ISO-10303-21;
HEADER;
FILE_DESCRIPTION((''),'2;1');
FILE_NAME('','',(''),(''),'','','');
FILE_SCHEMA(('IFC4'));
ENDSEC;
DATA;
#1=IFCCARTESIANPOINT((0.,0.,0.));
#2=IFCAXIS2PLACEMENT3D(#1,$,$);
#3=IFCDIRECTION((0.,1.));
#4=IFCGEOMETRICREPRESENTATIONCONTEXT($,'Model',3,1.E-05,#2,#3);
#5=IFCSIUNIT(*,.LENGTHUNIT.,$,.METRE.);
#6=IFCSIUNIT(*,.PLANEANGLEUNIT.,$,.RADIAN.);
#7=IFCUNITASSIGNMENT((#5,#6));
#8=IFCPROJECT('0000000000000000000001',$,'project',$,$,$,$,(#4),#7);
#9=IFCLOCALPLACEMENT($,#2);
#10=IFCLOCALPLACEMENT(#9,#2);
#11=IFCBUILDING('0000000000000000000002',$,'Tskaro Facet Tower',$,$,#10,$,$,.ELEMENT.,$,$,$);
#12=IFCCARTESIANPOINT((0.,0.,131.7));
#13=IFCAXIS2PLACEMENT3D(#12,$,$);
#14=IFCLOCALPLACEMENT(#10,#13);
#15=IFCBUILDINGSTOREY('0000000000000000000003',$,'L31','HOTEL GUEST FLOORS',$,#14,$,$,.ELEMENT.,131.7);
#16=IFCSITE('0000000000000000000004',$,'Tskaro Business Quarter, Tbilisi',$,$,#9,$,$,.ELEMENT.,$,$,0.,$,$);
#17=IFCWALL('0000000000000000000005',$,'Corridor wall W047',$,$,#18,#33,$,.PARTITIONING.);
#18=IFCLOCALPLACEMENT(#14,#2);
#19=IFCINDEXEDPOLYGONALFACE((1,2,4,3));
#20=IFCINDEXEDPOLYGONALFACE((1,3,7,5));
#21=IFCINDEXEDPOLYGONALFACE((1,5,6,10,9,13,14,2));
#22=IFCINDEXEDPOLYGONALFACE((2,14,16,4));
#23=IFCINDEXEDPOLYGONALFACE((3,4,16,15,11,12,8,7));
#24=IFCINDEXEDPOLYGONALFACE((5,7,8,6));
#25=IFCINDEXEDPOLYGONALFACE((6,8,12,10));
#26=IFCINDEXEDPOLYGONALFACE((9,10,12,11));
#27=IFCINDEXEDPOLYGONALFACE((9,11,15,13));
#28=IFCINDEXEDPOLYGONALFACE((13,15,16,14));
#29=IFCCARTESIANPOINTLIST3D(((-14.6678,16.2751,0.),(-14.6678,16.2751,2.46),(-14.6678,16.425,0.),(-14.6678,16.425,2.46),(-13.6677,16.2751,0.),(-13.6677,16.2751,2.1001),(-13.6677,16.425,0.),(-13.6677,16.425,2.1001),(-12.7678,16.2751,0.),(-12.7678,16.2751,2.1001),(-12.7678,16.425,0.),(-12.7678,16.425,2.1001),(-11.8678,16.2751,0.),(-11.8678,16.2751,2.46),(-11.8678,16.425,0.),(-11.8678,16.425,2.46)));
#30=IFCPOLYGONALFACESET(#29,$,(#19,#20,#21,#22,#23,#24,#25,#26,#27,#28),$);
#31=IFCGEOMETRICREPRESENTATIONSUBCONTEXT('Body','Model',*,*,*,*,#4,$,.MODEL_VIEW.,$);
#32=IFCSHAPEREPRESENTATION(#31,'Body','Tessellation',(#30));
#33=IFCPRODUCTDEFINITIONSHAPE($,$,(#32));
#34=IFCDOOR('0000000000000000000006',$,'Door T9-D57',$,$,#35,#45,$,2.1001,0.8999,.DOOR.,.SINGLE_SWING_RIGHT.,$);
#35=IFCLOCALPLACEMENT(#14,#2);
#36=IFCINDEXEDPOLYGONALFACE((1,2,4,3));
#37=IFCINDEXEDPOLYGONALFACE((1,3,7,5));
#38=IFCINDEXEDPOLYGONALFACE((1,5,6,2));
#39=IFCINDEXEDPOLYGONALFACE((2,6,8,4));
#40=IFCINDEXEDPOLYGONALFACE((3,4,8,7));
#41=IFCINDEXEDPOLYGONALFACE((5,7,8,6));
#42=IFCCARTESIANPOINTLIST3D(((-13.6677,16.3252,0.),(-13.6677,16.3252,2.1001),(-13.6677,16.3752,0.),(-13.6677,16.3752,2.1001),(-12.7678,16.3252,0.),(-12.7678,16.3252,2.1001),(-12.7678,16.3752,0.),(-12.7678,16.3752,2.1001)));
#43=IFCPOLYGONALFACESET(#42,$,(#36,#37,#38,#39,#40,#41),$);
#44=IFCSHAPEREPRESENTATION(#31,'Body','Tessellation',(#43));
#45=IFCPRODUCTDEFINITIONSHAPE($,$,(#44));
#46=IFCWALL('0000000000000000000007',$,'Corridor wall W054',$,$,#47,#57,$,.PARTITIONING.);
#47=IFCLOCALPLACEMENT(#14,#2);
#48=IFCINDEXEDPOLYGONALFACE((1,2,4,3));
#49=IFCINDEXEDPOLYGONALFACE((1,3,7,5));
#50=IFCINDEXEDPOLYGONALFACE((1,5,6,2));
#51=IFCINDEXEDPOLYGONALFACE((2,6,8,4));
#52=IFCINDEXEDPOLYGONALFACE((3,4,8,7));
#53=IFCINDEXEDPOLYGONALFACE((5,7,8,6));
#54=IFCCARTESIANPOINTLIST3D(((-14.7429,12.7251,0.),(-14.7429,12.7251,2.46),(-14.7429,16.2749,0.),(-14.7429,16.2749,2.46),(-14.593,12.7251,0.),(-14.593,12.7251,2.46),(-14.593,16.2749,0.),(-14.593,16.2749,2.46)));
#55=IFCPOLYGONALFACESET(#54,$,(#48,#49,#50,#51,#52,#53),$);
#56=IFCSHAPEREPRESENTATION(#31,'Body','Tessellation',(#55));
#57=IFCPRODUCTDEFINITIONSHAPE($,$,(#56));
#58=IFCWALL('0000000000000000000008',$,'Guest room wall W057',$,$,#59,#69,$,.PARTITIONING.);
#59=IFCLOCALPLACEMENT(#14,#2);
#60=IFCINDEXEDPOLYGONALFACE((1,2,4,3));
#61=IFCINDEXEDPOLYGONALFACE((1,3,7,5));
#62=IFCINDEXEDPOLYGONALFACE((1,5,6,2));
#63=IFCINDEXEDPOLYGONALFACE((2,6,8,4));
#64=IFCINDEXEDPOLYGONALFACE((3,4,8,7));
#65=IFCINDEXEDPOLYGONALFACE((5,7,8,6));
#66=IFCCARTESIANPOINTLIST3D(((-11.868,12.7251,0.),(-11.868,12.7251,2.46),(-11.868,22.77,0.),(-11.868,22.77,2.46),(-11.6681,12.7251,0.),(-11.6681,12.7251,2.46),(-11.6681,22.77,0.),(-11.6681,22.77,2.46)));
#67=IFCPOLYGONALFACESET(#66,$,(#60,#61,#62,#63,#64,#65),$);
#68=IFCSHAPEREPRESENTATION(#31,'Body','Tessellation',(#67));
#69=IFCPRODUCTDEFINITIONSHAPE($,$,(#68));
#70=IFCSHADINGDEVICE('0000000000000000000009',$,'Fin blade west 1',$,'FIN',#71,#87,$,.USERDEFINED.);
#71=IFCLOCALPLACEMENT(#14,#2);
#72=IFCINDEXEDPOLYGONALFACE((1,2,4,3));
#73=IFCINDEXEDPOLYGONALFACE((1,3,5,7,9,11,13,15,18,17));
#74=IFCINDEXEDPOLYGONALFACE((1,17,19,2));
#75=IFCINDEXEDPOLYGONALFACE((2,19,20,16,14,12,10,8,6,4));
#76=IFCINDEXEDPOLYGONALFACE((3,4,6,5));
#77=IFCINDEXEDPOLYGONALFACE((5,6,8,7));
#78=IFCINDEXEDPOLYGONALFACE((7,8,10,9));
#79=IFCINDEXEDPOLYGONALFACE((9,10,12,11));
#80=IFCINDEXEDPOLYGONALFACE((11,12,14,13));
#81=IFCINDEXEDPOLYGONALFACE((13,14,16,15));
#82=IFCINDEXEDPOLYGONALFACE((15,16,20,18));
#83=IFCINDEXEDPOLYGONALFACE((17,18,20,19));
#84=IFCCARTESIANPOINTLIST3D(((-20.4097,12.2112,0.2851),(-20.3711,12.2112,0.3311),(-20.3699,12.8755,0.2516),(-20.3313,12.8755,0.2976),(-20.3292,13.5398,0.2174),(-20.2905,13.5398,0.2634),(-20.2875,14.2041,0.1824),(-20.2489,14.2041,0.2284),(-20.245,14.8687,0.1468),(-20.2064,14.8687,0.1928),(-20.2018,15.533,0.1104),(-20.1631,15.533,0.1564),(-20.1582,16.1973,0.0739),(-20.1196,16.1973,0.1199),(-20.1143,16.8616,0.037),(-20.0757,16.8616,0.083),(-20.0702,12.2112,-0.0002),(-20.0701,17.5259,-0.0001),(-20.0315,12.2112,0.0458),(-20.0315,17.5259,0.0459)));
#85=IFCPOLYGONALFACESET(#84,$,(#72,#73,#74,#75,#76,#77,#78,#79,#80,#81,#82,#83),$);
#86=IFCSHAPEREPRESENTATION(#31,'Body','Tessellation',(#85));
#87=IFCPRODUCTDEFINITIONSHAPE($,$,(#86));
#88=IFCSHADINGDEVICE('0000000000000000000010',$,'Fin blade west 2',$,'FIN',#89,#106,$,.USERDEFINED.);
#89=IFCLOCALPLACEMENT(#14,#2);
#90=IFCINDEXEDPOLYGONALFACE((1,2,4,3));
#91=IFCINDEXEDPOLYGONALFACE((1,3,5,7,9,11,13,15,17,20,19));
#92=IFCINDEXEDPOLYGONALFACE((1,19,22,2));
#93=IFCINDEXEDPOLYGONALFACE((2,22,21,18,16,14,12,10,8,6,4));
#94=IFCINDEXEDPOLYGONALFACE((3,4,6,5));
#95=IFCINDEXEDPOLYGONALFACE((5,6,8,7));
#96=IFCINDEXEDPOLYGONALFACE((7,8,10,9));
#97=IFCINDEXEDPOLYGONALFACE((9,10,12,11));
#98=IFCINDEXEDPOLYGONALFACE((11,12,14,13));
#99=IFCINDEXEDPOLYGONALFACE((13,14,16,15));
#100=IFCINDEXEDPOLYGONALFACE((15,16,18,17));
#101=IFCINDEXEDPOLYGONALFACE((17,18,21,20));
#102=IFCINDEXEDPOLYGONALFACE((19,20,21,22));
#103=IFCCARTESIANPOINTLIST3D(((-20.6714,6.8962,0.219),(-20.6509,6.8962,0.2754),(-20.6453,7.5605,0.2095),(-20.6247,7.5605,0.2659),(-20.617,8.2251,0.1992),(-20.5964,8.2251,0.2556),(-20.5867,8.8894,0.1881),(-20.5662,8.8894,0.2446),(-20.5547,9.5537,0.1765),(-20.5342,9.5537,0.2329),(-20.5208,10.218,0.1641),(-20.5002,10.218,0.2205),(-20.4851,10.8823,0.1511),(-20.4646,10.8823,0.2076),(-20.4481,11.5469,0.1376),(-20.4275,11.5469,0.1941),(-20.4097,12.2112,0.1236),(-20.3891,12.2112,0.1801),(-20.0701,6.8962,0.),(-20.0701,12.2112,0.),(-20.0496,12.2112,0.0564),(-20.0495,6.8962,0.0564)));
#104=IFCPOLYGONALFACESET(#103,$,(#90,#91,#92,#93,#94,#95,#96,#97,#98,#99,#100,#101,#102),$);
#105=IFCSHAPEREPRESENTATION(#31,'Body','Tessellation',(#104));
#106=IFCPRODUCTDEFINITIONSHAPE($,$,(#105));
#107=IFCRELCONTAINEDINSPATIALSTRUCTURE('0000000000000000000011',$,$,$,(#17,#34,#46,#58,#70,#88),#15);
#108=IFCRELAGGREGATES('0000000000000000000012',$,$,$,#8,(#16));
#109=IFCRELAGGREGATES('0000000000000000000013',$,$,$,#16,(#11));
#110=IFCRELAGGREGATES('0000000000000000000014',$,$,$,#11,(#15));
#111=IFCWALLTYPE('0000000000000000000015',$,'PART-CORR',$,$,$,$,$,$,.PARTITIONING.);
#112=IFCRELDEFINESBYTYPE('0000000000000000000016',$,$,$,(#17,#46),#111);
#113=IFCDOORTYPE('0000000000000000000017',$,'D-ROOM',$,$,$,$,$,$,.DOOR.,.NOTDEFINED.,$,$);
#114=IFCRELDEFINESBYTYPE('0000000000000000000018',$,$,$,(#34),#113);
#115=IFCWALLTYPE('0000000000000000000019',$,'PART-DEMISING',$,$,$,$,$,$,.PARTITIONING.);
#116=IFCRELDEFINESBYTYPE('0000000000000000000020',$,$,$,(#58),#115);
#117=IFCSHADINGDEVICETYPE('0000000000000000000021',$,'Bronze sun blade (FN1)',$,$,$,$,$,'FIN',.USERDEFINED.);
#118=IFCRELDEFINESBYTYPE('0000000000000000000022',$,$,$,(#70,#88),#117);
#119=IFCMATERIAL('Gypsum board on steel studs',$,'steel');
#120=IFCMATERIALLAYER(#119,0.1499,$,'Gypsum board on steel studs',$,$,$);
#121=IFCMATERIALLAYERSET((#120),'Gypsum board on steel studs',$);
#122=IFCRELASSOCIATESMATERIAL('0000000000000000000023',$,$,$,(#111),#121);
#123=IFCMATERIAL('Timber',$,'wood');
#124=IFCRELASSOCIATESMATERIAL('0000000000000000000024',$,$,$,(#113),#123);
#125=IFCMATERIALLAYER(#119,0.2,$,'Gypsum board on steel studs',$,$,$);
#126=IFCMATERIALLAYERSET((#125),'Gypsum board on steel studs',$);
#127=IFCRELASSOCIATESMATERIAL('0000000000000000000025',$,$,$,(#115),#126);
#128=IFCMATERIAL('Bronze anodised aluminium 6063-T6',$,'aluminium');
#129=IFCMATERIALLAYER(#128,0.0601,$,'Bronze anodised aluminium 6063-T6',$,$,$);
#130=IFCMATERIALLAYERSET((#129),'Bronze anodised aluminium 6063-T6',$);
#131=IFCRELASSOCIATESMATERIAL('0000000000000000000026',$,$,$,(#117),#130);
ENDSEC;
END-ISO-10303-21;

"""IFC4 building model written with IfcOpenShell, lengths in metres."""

from ifc_helpers import new_model, si_unit, direction, frame, frame_2d, origin, place, context, subcontext, project, spatial, polyline, rectangle, outline, extrude, material, layer, layer_set, type_object, element, fill, save


model = new_model("IFC4")

# Units and contexts
model_context = context("Model", 3, precision=1e-05, world=origin(), true_north=direction((0.0, 1.0)))
body_context = subcontext(model_context, "Body", "Model", "MODEL_VIEW")
ifc_project = project(units=[si_unit("LENGTHUNIT", "METRE"), si_unit("PLANEANGLEUNIT", "RADIAN")], contexts=[model_context])

# Site, building, storey
site_placement = place(None, origin())
site = spatial("IfcSite", under=ifc_project, at=site_placement, Name="Tskaro Business Quarter, Tbilisi", CompositionType="ELEMENT", RefElevation=0.0)
building_placement = place(site_placement, origin())
building = spatial("IfcBuilding", under=site, at=building_placement, Name="Tskaro Facet Tower", CompositionType="ELEMENT")
storey_placement = place(building_placement, frame((0.0, 0.0, 131.7)))
storey = spatial("IfcBuildingStorey", under=building, at=storey_placement, Name="L31", Description="HOTEL GUEST FLOORS", CompositionType="ELEMENT", Elevation=131.7)

# Shared definitions
ifc_material_1 = material(Name="Bronze anodised aluminium 6063-T6", Category="aluminium")

# Shared definitions
ifc_material_2 = material(Name="Gypsum board on steel studs", Category="steel")
ifc_layer_1 = layer(ifc_material_2, 0.1499, Name="Gypsum board on steel studs")
ifc_layer_set_1 = layer_set([ifc_layer_1], Name="Gypsum board on steel studs")
wall_type_1 = type_object("IfcWallType", Name="PART-CORR", PredefinedType="PARTITIONING", material=ifc_layer_set_1)
ifc_material_3 = material(Name="Timber", Category="wood")

# Wall, opening, door
wall_1_placement = place(storey_placement, frame((-11.8679, 16.3501, 0.0), z_axis=(0.0, 0.0, 1.0), x_axis=(-1.0, 0.0, 0.0)))
wall_1 = element("IfcWall", 1, at=wall_1_placement, inside=storey, type_object=wall_type_1, Name="Corridor wall W047", PredefinedType="PARTITIONING", context=body_context, shape_type="SweptSolid", body=[
    extrude(rectangle(XDim=2.8, YDim=0.1499, at=frame_2d((1.3999, 0.0))), origin(), (0.0, 0.0, 1.0), 2.46),
])
opening_1_placement = place(wall_1_placement, frame((0.8999, 0.0, 0.0)))
opening_1 = element("IfcOpeningElement", 2, at=opening_1_placement, cuts=wall_1, PredefinedType="OPENING", context=body_context, shape_type="SweptSolid", body=[
    extrude(rectangle(XDim=0.8999, YDim=2.1001, at=frame_2d((0.45, 1.05))), frame((0.0, 0.085, 0.0), z_axis=(0.0, -1.0, 0.0), x_axis=(1.0, 0.0, 0.0)), (0.0, 0.0, 1.0), 0.1699),
])
door_type_1 = type_object("IfcDoorType", Name="D-ROOM", OperationType="NOTDEFINED", PredefinedType="DOOR", material=ifc_material_3)
door_1_placement = place(opening_1_placement, origin())
door_1 = element("IfcDoor", 3, at=door_1_placement, inside=storey, type_object=door_type_1, Name="Door T9-D57", OperationType="SINGLE_SWING_RIGHT", OverallHeight=2.1001, OverallWidth=0.8999, PredefinedType="DOOR", context=body_context, shape_type="SweptSolid", body=[
    extrude(rectangle(XDim=0.8999, YDim=2.1001, at=frame_2d((0.45, 1.05))), frame((0.0, 0.0249, 0.0), z_axis=(0.0, -1.0, 0.0), x_axis=(1.0, 0.0, 0.0)), (0.0, 0.0, 1.0), 0.05),
])
fill(opening_1, door_1)

# Walls
wall_2_placement = place(storey_placement, frame((-14.668, 12.7251, 0.0), z_axis=(0.0, 0.0, 1.0), x_axis=(0.0, 1.0, 0.0)))
element("IfcWall", 4, at=wall_2_placement, inside=storey, type_object=wall_type_1, Name="Corridor wall W054", PredefinedType="PARTITIONING", context=body_context, shape_type="SweptSolid", body=[
    extrude(rectangle(XDim=3.5498, YDim=0.1499, at=frame_2d((1.7749, 0.0))), origin(), (0.0, 0.0, 1.0), 2.46),
])
ifc_layer_2 = layer(ifc_material_2, 0.2, Name="Gypsum board on steel studs")
ifc_layer_set_2 = layer_set([ifc_layer_2], Name="Gypsum board on steel studs")
wall_type_2 = type_object("IfcWallType", Name="PART-DEMISING", PredefinedType="PARTITIONING", material=ifc_layer_set_2)
wall_3_placement = place(storey_placement, frame((-11.7681, 12.7251, 0.0), z_axis=(0.0, 0.0, 1.0), x_axis=(0.0, 1.0, 0.0)))
element("IfcWall", 5, at=wall_3_placement, inside=storey, type_object=wall_type_2, Name="Guest room wall W057", PredefinedType="PARTITIONING", context=body_context, shape_type="SweptSolid", body=[
    extrude(rectangle(XDim=10.0449, YDim=0.2, at=frame_2d((5.0225, 0.0))), origin(), (0.0, 0.0, 1.0), 2.46),
])

# Shading devices
ifc_layer_3 = layer(ifc_material_1, 0.0601, Name="Bronze anodised aluminium 6063-T6")
ifc_layer_set_3 = layer_set([ifc_layer_3], Name="Bronze anodised aluminium 6063-T6")
shading_device_type = type_object("IfcShadingDeviceType", Name="Bronze sun blade (FN1)", ElementType="FIN", PredefinedType="USERDEFINED", material=ifc_layer_set_3)
shading_device_1_placement = place(storey_placement, frame((-20.0315, 17.5259, 0.0459), z_axis=(0.643187, -0.000015, 0.765709), x_axis=(-0.00001, -1.0, -0.000012)))
element("IfcShadingDevice", 6, at=shading_device_1_placement, inside=storey, type_object=shading_device_type, Name="Fin blade west 1", ObjectType="FIN", PredefinedType="USERDEFINED", context=body_context, shape_type="SweptSolid", body=[
    extrude(outline(polyline([(0.0, 0.0), (5.3147, 0.0), (5.3147, -0.4434), (4.6504, -0.3915), (3.9861, -0.3383), (3.3218, -0.2838), (2.6572, -0.2284), (1.9929, -0.1719), (1.3286, -0.1151), (0.6643, -0.0577), (0.0, 0.0)])), origin(), (0.0, 0.0, -1.0), 0.0601),
])
shading_device_2_placement = place(storey_placement, frame((-20.0496, 12.2112, 0.0564), z_axis=(0.342211, 0.000009, 0.939623), x_axis=(0.000003, -1.0, 0.000008)))
element("IfcShadingDevice", 7, at=shading_device_2_placement, inside=storey, type_object=shading_device_type, Name="Fin blade west 2", ObjectType="FIN", PredefinedType="USERDEFINED", context=body_context, shape_type="SweptSolid", body=[
    extrude(outline(polyline([(0.0, 0.0), (5.3149, 0.0), (5.3149, -0.64), (4.6506, -0.6122), (3.9861, -0.582), (3.3218, -0.5498), (2.6575, -0.5158), (1.9932, -0.4796), (1.3289, -0.4417), (0.6643, -0.4022), (0.0, -0.3614), (0.0, 0.0)])), origin(), (0.0, 0.0, -1.0), 0.0601),
])

save(model, "model.ifc")
